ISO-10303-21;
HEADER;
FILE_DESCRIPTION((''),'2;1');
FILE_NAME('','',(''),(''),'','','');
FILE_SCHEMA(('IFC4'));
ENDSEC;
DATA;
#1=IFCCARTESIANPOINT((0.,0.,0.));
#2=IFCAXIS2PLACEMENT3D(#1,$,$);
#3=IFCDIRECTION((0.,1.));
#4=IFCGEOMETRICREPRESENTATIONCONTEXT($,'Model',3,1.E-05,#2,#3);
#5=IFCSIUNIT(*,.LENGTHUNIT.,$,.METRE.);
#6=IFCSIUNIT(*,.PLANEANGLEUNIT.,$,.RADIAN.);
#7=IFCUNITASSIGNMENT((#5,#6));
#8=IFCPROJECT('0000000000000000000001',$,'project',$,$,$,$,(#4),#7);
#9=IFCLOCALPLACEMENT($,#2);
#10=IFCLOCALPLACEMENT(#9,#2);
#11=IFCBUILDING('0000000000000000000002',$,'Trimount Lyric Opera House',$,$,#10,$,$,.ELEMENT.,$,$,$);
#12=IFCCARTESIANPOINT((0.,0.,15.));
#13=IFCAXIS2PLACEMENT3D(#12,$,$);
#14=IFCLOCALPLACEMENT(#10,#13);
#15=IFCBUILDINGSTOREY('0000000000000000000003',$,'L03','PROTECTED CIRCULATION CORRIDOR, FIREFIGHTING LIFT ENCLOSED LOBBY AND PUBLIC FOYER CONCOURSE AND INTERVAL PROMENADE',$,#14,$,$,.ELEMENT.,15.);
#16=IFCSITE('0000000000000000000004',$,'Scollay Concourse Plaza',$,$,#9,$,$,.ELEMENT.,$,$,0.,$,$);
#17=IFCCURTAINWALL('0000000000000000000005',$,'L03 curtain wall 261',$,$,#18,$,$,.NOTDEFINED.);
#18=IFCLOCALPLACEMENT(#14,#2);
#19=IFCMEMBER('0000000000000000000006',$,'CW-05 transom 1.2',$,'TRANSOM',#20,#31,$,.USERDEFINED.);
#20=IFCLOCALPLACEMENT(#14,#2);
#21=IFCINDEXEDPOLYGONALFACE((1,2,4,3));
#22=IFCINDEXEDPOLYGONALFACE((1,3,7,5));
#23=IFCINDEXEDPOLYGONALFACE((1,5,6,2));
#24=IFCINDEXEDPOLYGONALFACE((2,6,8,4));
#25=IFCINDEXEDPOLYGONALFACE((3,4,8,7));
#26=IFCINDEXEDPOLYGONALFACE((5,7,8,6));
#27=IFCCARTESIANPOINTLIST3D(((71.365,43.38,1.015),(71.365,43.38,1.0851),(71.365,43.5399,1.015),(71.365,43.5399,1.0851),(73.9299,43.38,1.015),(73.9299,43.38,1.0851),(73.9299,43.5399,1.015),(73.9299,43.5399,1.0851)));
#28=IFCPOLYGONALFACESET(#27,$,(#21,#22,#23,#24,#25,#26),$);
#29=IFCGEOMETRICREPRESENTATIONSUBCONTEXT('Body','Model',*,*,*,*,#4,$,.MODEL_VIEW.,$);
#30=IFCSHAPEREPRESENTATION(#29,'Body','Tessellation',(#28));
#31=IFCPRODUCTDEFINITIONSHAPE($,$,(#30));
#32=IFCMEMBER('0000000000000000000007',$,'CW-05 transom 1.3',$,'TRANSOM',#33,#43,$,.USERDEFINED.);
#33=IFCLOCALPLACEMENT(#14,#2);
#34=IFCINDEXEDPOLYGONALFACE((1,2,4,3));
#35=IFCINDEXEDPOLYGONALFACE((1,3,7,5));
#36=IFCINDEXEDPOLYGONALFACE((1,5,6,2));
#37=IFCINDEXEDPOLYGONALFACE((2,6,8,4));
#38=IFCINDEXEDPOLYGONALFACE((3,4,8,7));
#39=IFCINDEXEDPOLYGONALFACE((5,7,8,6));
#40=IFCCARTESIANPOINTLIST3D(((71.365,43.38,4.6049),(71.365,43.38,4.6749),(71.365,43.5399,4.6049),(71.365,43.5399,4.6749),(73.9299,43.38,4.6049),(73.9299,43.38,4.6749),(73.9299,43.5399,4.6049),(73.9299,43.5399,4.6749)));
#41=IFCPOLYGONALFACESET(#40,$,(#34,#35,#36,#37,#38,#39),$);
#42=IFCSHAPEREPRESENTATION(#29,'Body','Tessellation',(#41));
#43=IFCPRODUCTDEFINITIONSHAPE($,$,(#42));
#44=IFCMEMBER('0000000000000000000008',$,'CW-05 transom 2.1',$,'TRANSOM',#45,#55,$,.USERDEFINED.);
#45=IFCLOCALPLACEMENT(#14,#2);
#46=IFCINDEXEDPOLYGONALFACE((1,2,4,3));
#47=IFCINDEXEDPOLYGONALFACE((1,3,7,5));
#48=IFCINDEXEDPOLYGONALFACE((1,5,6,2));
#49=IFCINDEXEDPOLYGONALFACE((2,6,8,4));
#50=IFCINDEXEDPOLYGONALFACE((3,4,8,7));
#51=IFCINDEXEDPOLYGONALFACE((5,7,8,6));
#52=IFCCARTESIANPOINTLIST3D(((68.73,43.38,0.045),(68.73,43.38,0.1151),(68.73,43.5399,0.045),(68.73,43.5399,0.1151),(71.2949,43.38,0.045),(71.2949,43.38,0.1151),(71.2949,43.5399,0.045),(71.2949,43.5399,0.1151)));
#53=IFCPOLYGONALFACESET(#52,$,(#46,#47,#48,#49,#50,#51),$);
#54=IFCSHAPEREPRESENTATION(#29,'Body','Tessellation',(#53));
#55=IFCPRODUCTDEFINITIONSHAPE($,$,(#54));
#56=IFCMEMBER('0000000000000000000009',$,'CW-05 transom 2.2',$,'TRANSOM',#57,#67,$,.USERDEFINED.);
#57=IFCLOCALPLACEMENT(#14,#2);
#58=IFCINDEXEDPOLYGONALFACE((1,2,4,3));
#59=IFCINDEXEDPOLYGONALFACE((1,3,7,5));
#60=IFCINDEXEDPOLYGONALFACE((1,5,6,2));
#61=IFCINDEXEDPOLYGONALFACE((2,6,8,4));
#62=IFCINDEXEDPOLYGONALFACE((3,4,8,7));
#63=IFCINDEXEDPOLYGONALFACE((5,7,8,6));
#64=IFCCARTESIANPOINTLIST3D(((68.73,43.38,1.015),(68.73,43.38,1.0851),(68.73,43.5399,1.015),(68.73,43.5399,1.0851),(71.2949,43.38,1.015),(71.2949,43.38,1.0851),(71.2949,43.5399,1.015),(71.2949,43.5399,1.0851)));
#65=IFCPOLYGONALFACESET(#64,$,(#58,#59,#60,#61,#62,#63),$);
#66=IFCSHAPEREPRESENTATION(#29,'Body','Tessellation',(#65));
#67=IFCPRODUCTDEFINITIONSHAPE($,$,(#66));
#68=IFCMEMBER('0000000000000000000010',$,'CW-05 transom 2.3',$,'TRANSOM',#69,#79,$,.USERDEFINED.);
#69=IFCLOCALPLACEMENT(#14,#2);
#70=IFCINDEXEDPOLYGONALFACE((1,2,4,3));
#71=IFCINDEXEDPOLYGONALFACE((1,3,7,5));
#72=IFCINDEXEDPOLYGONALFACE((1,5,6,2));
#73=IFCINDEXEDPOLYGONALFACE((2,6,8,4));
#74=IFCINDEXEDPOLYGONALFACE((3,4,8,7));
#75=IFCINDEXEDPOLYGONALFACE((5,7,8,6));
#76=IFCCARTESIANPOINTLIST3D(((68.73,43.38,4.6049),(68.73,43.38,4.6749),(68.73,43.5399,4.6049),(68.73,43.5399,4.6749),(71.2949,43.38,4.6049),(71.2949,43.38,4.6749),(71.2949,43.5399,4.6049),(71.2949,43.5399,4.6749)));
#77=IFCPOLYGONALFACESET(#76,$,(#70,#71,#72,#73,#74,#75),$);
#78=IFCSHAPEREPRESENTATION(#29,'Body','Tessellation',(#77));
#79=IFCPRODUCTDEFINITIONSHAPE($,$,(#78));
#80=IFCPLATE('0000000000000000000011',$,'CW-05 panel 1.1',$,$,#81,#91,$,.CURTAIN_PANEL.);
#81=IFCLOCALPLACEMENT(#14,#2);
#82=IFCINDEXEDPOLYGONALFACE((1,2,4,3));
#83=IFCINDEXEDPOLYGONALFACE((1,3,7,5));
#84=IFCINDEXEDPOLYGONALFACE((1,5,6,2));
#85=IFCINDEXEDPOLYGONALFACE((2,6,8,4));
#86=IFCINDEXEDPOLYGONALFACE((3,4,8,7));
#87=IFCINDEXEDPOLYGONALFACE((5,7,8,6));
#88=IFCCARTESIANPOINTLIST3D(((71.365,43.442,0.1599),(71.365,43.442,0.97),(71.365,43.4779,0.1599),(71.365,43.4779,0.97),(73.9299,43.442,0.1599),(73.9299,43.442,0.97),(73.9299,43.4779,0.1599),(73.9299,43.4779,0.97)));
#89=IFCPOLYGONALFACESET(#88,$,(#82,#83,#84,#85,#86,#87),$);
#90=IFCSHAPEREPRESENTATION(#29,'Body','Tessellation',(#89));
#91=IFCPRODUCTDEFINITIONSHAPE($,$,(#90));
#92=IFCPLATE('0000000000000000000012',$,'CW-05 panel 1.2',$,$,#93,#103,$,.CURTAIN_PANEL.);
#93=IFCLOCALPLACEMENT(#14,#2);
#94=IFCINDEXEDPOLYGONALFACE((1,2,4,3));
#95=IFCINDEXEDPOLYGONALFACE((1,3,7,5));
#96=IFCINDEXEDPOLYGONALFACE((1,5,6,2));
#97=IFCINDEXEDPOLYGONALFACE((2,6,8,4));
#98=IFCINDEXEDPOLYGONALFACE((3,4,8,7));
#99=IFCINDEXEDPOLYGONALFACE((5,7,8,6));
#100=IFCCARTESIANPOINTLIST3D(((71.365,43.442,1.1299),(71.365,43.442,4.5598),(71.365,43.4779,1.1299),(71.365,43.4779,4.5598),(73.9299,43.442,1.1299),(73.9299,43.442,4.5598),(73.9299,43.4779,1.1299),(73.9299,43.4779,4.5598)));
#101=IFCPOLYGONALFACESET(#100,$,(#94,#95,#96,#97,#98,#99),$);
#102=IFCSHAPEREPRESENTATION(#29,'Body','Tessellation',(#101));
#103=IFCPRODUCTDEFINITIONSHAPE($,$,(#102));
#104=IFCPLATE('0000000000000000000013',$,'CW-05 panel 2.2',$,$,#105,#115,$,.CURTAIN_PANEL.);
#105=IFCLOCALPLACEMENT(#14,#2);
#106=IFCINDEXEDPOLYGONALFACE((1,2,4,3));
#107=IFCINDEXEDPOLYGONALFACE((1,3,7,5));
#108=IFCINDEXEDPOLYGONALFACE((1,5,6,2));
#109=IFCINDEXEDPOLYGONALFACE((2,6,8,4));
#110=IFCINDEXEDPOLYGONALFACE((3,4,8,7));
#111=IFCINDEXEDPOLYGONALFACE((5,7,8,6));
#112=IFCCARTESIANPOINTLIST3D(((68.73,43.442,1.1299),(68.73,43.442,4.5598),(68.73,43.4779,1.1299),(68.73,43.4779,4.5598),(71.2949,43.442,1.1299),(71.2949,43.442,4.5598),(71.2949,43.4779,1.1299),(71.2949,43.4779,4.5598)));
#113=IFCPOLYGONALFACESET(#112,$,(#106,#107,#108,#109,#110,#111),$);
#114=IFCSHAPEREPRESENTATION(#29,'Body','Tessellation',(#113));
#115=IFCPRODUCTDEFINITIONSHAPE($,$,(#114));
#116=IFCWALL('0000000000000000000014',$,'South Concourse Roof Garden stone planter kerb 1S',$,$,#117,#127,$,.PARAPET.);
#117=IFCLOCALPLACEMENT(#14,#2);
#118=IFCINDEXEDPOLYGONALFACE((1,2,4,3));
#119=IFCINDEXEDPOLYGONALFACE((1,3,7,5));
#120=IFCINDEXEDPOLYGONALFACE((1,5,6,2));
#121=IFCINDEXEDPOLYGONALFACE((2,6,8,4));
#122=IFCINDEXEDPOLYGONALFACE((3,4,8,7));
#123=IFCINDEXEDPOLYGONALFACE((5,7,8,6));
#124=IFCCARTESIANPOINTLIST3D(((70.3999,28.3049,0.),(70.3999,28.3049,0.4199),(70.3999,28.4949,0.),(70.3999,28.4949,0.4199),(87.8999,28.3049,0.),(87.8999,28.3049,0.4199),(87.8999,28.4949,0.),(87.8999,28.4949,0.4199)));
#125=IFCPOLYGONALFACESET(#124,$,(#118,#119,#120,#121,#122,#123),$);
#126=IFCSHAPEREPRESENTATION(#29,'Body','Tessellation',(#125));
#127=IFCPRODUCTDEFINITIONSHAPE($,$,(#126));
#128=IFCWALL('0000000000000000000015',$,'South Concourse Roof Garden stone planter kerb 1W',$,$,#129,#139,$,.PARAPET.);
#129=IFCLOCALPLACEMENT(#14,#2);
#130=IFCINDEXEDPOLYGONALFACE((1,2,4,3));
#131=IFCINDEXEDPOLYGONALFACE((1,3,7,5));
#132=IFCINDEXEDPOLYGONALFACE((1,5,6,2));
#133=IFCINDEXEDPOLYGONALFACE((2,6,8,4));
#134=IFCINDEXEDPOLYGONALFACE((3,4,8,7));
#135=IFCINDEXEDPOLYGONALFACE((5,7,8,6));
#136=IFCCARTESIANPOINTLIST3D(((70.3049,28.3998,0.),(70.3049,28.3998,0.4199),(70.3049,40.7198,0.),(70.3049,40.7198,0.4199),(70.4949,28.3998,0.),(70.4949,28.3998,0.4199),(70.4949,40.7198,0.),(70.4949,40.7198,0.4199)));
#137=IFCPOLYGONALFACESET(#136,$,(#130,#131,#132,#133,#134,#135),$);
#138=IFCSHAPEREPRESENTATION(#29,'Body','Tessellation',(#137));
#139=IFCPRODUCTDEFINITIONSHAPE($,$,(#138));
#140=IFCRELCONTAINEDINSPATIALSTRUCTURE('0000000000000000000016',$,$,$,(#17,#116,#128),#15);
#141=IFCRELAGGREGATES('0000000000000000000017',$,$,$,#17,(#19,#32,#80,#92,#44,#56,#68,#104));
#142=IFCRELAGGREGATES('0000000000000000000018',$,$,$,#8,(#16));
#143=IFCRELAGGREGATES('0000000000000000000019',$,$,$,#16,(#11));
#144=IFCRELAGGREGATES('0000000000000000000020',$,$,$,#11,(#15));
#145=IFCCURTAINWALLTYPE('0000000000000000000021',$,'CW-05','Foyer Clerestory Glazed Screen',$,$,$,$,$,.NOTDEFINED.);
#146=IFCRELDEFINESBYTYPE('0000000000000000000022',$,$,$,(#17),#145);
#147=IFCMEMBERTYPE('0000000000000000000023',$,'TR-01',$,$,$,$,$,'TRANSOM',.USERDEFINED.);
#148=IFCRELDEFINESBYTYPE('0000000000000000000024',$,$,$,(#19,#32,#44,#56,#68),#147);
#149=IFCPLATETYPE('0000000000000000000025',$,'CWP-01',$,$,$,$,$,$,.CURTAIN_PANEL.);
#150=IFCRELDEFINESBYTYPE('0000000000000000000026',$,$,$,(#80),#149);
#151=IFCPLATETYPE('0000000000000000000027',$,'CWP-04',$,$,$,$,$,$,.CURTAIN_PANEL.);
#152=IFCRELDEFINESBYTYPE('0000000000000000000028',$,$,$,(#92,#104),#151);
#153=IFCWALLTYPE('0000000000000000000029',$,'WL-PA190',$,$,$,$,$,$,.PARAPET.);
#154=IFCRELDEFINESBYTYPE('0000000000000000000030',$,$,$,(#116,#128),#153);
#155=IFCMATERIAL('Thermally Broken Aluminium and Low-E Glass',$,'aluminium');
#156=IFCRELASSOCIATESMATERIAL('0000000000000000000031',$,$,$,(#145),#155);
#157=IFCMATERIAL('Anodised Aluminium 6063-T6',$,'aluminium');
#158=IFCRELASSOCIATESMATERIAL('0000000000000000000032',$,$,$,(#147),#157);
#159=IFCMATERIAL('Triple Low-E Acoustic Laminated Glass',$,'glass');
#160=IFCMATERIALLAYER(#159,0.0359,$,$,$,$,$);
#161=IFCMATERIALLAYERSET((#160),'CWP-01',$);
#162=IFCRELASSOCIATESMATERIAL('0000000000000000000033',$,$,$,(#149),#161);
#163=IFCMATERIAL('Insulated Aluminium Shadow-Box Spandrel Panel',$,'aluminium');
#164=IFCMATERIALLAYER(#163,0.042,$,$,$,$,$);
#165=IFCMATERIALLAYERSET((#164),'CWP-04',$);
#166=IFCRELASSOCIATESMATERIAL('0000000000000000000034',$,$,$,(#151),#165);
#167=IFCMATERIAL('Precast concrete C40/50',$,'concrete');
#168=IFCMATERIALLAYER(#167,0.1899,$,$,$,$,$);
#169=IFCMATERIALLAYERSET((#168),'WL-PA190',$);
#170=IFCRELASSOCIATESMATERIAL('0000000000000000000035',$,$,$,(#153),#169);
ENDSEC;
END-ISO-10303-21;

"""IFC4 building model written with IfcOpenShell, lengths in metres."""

from ifc_helpers import new_model, si_unit, direction, frame, frame_2d, origin, origin_2d, place, context, subcontext, project, spatial, rectangle, extrude, material, layer, layer_set, material_profile, profile_set, type_object, element, aggregate, save


model = new_model("IFC4")

# Units and contexts
model_context = context("Model", 3, precision=1e-05, world=origin(), true_north=direction((0.0, 1.0)))
body_context = subcontext(model_context, "Body", "Model", "MODEL_VIEW")
ifc_project = project(units=[si_unit("LENGTHUNIT", "METRE"), si_unit("PLANEANGLEUNIT", "RADIAN")], contexts=[model_context])

# Site, building, storey
site_placement = place(None, origin())
site = spatial("IfcSite", under=ifc_project, at=site_placement, Name="Scollay Concourse Plaza", CompositionType="ELEMENT", RefElevation=0.0)
building_placement = place(site_placement, origin())
building = spatial("IfcBuilding", under=site, at=building_placement, Name="Trimount Lyric Opera House", CompositionType="ELEMENT")
storey_placement = place(building_placement, frame((0.0, 0.0, 15.0)))
storey = spatial("IfcBuildingStorey", under=building, at=storey_placement, Name="L03", Description="PROTECTED CIRCULATION CORRIDOR, FIREFIGHTING LIFT ENCLOSED LOBBY AND PUBLIC FOYER CONCOURSE AND INTERVAL PROMENADE", CompositionType="ELEMENT", Elevation=15.0)

# Curtain wall
ifc_material_1 = material(Name="Thermally Broken Aluminium and Low-E Glass", Category="aluminium")
curtain_wall_type = type_object("IfcCurtainWallType", Name="CW-05", Description="Foyer Clerestory Glazed Screen", PredefinedType="NOTDEFINED", material=ifc_material_1)
curtain_wall_placement = place(storey_placement, origin())
curtain_wall = element("IfcCurtainWall", 1, at=curtain_wall_placement, inside=storey, type_object=curtain_wall_type, Name="L03 curtain wall 261", PredefinedType="NOTDEFINED")

# Members
ifc_material_2 = material(Name="Anodised Aluminium 6063-T6", Category="aluminium")
ifc_material_profile_1 = material_profile(ifc_material_2, rectangle(XDim=0.1599, YDim=0.0701, at=origin_2d()), Name="ALU-TRAN-70X160")
ifc_profile_set_1 = profile_set([ifc_material_profile_1], Name="Anodised Aluminium 6063-T6")
member_type_1 = type_object("IfcMemberType", Name="TR-01", ElementType="TRANSOM", PredefinedType="USERDEFINED", material=ifc_profile_set_1)
member_1_placement = place(storey_placement, frame((73.9299, 43.46, 1.05), z_axis=(-1.0, 0.0, 0.0), x_axis=(0.0, -1.0, 0.0)))
member_1 = element("IfcMember", 2, at=member_1_placement, type_object=member_type_1, Name="CW-05 transom 1.2", ObjectType="TRANSOM", PredefinedType="USERDEFINED", context=body_context, shape_type="SweptSolid", body=[
    extrude(rectangle(XDim=0.1599, YDim=0.0701, at=origin_2d()), origin(), (0.0, 0.0, 1.0), 2.5649),
])
member_2_placement = place(storey_placement, frame((73.9299, 43.46, 4.6399), z_axis=(-1.0, 0.0, 0.0), x_axis=(0.0, -1.0, 0.0)))
member_2 = element("IfcMember", 3, at=member_2_placement, type_object=member_type_1, Name="CW-05 transom 1.3", ObjectType="TRANSOM", PredefinedType="USERDEFINED", context=body_context, shape_type="SweptSolid", body=[
    extrude(rectangle(XDim=0.1599, YDim=0.0701, at=origin_2d()), origin(), (0.0, 0.0, 1.0), 2.5649),
])
member_3_placement = place(storey_placement, frame((71.2949, 43.46, 0.0801), z_axis=(-1.0, 0.0, 0.0), x_axis=(0.0, -1.0, 0.0)))
member_3 = element("IfcMember", 4, at=member_3_placement, type_object=member_type_1, Name="CW-05 transom 2.1", ObjectType="TRANSOM", PredefinedType="USERDEFINED", context=body_context, shape_type="SweptSolid", body=[
    extrude(rectangle(XDim=0.1599, YDim=0.0701, at=origin_2d()), origin(), (0.0, 0.0, 1.0), 2.5649),
])
member_4_placement = place(storey_placement, frame((71.2949, 43.46, 1.05), z_axis=(-1.0, 0.0, 0.0), x_axis=(0.0, -1.0, 0.0)))
member_4 = element("IfcMember", 5, at=member_4_placement, type_object=member_type_1, Name="CW-05 transom 2.2", ObjectType="TRANSOM", PredefinedType="USERDEFINED", context=body_context, shape_type="SweptSolid", body=[
    extrude(rectangle(XDim=0.1599, YDim=0.0701, at=origin_2d()), origin(), (0.0, 0.0, 1.0), 2.5649),
])
member_5_placement = place(storey_placement, frame((71.2949, 43.46, 4.6399), z_axis=(-1.0, 0.0, 0.0), x_axis=(0.0, -1.0, 0.0)))
member_5 = element("IfcMember", 6, at=member_5_placement, type_object=member_type_1, Name="CW-05 transom 2.3", ObjectType="TRANSOM", PredefinedType="USERDEFINED", context=body_context, shape_type="SweptSolid", body=[
    extrude(rectangle(XDim=0.1599, YDim=0.0701, at=origin_2d()), origin(), (0.0, 0.0, 1.0), 2.5649),
])

# Plates
ifc_material_3 = material(Name="Triple Low-E Acoustic Laminated Glass", Category="glass")
ifc_layer_1 = layer(ifc_material_3, 0.0359)
ifc_layer_set_1 = layer_set([ifc_layer_1], Name="CWP-01")
plate_type_1 = type_object("IfcPlateType", Name="CWP-01", PredefinedType="CURTAIN_PANEL", material=ifc_layer_set_1)
plate_1_placement = place(storey_placement, frame((72.6475, 43.46, 0.1599), z_axis=(0.0, 0.0, 1.0), x_axis=(-1.0, 0.0, 0.0)))
plate_1 = element("IfcPlate", 7, at=plate_1_placement, type_object=plate_type_1, Name="CW-05 panel 1.1", PredefinedType="CURTAIN_PANEL", context=body_context, shape_type="SweptSolid", body=[
    extrude(rectangle(XDim=2.5649, YDim=0.0359, at=origin_2d()), origin(), (0.0, 0.0, 1.0), 0.8101),
])
ifc_material_4 = material(Name="Insulated Aluminium Shadow-Box Spandrel Panel", Category="aluminium")
ifc_layer_2 = layer(ifc_material_4, 0.042)
ifc_layer_set_2 = layer_set([ifc_layer_2], Name="CWP-04")
plate_type_2 = type_object("IfcPlateType", Name="CWP-04", PredefinedType="CURTAIN_PANEL", material=ifc_layer_set_2)
plate_2_placement = place(storey_placement, frame((72.6475, 43.46, 1.1299), z_axis=(0.0, 0.0, 1.0), x_axis=(-1.0, 0.0, 0.0)))
plate_2 = element("IfcPlate", 8, at=plate_2_placement, type_object=plate_type_2, Name="CW-05 panel 1.2", PredefinedType="CURTAIN_PANEL", context=body_context, shape_type="SweptSolid", body=[
    extrude(rectangle(XDim=2.5649, YDim=0.0359, at=origin_2d()), origin(), (0.0, 0.0, 1.0), 3.4299),
])
plate_3_placement = place(storey_placement, frame((70.0125, 43.46, 1.1299), z_axis=(0.0, 0.0, 1.0), x_axis=(-1.0, 0.0, 0.0)))
plate_3 = element("IfcPlate", 9, at=plate_3_placement, type_object=plate_type_2, Name="CW-05 panel 2.2", PredefinedType="CURTAIN_PANEL", context=body_context, shape_type="SweptSolid", body=[
    extrude(rectangle(XDim=2.5649, YDim=0.0359, at=origin_2d()), origin(), (0.0, 0.0, 1.0), 3.4299),
])
aggregate(curtain_wall, [member_1, member_2, plate_1, plate_2, member_3, member_4, member_5, plate_3])

# Walls
ifc_material_5 = material(Name="Precast concrete C40/50", Category="concrete")
ifc_layer_3 = layer(ifc_material_5, 0.1899)
ifc_layer_set_3 = layer_set([ifc_layer_3], Name="WL-PA190")
wall_type_1 = type_object("IfcWallType", Name="WL-PA190", PredefinedType="PARAPET", material=ifc_layer_set_3)
wall_1_placement = place(storey_placement, frame((70.3999, 28.3999, 0.0), z_axis=(0.0, 0.0, 1.0), x_axis=(1.0, 0.0, 0.0)))
element("IfcWall", 10, at=wall_1_placement, inside=storey, type_object=wall_type_1, Name="South Concourse Roof Garden stone planter kerb 1S", PredefinedType="PARAPET", context=body_context, shape_type="SweptSolid", body=[
    extrude(rectangle(XDim=17.5, YDim=0.1899, at=frame_2d((8.75, 0.0))), origin(), (0.0, 0.0, 1.0), 0.4199),
])
wall_2_placement = place(storey_placement, frame((70.3999, 40.72, 0.0), z_axis=(0.0, 0.0, 1.0), x_axis=(0.0, -1.0, 0.0)))
element("IfcWall", 11, at=wall_2_placement, inside=storey, type_object=wall_type_1, Name="South Concourse Roof Garden stone planter kerb 1W", PredefinedType="PARAPET", context=body_context, shape_type="SweptSolid", body=[
    extrude(rectangle(XDim=12.3201, YDim=0.1899, at=frame_2d((6.1602, 0.0))), origin(), (0.0, 0.0, 1.0), 0.4199),
])

save(model, "model.ifc")
